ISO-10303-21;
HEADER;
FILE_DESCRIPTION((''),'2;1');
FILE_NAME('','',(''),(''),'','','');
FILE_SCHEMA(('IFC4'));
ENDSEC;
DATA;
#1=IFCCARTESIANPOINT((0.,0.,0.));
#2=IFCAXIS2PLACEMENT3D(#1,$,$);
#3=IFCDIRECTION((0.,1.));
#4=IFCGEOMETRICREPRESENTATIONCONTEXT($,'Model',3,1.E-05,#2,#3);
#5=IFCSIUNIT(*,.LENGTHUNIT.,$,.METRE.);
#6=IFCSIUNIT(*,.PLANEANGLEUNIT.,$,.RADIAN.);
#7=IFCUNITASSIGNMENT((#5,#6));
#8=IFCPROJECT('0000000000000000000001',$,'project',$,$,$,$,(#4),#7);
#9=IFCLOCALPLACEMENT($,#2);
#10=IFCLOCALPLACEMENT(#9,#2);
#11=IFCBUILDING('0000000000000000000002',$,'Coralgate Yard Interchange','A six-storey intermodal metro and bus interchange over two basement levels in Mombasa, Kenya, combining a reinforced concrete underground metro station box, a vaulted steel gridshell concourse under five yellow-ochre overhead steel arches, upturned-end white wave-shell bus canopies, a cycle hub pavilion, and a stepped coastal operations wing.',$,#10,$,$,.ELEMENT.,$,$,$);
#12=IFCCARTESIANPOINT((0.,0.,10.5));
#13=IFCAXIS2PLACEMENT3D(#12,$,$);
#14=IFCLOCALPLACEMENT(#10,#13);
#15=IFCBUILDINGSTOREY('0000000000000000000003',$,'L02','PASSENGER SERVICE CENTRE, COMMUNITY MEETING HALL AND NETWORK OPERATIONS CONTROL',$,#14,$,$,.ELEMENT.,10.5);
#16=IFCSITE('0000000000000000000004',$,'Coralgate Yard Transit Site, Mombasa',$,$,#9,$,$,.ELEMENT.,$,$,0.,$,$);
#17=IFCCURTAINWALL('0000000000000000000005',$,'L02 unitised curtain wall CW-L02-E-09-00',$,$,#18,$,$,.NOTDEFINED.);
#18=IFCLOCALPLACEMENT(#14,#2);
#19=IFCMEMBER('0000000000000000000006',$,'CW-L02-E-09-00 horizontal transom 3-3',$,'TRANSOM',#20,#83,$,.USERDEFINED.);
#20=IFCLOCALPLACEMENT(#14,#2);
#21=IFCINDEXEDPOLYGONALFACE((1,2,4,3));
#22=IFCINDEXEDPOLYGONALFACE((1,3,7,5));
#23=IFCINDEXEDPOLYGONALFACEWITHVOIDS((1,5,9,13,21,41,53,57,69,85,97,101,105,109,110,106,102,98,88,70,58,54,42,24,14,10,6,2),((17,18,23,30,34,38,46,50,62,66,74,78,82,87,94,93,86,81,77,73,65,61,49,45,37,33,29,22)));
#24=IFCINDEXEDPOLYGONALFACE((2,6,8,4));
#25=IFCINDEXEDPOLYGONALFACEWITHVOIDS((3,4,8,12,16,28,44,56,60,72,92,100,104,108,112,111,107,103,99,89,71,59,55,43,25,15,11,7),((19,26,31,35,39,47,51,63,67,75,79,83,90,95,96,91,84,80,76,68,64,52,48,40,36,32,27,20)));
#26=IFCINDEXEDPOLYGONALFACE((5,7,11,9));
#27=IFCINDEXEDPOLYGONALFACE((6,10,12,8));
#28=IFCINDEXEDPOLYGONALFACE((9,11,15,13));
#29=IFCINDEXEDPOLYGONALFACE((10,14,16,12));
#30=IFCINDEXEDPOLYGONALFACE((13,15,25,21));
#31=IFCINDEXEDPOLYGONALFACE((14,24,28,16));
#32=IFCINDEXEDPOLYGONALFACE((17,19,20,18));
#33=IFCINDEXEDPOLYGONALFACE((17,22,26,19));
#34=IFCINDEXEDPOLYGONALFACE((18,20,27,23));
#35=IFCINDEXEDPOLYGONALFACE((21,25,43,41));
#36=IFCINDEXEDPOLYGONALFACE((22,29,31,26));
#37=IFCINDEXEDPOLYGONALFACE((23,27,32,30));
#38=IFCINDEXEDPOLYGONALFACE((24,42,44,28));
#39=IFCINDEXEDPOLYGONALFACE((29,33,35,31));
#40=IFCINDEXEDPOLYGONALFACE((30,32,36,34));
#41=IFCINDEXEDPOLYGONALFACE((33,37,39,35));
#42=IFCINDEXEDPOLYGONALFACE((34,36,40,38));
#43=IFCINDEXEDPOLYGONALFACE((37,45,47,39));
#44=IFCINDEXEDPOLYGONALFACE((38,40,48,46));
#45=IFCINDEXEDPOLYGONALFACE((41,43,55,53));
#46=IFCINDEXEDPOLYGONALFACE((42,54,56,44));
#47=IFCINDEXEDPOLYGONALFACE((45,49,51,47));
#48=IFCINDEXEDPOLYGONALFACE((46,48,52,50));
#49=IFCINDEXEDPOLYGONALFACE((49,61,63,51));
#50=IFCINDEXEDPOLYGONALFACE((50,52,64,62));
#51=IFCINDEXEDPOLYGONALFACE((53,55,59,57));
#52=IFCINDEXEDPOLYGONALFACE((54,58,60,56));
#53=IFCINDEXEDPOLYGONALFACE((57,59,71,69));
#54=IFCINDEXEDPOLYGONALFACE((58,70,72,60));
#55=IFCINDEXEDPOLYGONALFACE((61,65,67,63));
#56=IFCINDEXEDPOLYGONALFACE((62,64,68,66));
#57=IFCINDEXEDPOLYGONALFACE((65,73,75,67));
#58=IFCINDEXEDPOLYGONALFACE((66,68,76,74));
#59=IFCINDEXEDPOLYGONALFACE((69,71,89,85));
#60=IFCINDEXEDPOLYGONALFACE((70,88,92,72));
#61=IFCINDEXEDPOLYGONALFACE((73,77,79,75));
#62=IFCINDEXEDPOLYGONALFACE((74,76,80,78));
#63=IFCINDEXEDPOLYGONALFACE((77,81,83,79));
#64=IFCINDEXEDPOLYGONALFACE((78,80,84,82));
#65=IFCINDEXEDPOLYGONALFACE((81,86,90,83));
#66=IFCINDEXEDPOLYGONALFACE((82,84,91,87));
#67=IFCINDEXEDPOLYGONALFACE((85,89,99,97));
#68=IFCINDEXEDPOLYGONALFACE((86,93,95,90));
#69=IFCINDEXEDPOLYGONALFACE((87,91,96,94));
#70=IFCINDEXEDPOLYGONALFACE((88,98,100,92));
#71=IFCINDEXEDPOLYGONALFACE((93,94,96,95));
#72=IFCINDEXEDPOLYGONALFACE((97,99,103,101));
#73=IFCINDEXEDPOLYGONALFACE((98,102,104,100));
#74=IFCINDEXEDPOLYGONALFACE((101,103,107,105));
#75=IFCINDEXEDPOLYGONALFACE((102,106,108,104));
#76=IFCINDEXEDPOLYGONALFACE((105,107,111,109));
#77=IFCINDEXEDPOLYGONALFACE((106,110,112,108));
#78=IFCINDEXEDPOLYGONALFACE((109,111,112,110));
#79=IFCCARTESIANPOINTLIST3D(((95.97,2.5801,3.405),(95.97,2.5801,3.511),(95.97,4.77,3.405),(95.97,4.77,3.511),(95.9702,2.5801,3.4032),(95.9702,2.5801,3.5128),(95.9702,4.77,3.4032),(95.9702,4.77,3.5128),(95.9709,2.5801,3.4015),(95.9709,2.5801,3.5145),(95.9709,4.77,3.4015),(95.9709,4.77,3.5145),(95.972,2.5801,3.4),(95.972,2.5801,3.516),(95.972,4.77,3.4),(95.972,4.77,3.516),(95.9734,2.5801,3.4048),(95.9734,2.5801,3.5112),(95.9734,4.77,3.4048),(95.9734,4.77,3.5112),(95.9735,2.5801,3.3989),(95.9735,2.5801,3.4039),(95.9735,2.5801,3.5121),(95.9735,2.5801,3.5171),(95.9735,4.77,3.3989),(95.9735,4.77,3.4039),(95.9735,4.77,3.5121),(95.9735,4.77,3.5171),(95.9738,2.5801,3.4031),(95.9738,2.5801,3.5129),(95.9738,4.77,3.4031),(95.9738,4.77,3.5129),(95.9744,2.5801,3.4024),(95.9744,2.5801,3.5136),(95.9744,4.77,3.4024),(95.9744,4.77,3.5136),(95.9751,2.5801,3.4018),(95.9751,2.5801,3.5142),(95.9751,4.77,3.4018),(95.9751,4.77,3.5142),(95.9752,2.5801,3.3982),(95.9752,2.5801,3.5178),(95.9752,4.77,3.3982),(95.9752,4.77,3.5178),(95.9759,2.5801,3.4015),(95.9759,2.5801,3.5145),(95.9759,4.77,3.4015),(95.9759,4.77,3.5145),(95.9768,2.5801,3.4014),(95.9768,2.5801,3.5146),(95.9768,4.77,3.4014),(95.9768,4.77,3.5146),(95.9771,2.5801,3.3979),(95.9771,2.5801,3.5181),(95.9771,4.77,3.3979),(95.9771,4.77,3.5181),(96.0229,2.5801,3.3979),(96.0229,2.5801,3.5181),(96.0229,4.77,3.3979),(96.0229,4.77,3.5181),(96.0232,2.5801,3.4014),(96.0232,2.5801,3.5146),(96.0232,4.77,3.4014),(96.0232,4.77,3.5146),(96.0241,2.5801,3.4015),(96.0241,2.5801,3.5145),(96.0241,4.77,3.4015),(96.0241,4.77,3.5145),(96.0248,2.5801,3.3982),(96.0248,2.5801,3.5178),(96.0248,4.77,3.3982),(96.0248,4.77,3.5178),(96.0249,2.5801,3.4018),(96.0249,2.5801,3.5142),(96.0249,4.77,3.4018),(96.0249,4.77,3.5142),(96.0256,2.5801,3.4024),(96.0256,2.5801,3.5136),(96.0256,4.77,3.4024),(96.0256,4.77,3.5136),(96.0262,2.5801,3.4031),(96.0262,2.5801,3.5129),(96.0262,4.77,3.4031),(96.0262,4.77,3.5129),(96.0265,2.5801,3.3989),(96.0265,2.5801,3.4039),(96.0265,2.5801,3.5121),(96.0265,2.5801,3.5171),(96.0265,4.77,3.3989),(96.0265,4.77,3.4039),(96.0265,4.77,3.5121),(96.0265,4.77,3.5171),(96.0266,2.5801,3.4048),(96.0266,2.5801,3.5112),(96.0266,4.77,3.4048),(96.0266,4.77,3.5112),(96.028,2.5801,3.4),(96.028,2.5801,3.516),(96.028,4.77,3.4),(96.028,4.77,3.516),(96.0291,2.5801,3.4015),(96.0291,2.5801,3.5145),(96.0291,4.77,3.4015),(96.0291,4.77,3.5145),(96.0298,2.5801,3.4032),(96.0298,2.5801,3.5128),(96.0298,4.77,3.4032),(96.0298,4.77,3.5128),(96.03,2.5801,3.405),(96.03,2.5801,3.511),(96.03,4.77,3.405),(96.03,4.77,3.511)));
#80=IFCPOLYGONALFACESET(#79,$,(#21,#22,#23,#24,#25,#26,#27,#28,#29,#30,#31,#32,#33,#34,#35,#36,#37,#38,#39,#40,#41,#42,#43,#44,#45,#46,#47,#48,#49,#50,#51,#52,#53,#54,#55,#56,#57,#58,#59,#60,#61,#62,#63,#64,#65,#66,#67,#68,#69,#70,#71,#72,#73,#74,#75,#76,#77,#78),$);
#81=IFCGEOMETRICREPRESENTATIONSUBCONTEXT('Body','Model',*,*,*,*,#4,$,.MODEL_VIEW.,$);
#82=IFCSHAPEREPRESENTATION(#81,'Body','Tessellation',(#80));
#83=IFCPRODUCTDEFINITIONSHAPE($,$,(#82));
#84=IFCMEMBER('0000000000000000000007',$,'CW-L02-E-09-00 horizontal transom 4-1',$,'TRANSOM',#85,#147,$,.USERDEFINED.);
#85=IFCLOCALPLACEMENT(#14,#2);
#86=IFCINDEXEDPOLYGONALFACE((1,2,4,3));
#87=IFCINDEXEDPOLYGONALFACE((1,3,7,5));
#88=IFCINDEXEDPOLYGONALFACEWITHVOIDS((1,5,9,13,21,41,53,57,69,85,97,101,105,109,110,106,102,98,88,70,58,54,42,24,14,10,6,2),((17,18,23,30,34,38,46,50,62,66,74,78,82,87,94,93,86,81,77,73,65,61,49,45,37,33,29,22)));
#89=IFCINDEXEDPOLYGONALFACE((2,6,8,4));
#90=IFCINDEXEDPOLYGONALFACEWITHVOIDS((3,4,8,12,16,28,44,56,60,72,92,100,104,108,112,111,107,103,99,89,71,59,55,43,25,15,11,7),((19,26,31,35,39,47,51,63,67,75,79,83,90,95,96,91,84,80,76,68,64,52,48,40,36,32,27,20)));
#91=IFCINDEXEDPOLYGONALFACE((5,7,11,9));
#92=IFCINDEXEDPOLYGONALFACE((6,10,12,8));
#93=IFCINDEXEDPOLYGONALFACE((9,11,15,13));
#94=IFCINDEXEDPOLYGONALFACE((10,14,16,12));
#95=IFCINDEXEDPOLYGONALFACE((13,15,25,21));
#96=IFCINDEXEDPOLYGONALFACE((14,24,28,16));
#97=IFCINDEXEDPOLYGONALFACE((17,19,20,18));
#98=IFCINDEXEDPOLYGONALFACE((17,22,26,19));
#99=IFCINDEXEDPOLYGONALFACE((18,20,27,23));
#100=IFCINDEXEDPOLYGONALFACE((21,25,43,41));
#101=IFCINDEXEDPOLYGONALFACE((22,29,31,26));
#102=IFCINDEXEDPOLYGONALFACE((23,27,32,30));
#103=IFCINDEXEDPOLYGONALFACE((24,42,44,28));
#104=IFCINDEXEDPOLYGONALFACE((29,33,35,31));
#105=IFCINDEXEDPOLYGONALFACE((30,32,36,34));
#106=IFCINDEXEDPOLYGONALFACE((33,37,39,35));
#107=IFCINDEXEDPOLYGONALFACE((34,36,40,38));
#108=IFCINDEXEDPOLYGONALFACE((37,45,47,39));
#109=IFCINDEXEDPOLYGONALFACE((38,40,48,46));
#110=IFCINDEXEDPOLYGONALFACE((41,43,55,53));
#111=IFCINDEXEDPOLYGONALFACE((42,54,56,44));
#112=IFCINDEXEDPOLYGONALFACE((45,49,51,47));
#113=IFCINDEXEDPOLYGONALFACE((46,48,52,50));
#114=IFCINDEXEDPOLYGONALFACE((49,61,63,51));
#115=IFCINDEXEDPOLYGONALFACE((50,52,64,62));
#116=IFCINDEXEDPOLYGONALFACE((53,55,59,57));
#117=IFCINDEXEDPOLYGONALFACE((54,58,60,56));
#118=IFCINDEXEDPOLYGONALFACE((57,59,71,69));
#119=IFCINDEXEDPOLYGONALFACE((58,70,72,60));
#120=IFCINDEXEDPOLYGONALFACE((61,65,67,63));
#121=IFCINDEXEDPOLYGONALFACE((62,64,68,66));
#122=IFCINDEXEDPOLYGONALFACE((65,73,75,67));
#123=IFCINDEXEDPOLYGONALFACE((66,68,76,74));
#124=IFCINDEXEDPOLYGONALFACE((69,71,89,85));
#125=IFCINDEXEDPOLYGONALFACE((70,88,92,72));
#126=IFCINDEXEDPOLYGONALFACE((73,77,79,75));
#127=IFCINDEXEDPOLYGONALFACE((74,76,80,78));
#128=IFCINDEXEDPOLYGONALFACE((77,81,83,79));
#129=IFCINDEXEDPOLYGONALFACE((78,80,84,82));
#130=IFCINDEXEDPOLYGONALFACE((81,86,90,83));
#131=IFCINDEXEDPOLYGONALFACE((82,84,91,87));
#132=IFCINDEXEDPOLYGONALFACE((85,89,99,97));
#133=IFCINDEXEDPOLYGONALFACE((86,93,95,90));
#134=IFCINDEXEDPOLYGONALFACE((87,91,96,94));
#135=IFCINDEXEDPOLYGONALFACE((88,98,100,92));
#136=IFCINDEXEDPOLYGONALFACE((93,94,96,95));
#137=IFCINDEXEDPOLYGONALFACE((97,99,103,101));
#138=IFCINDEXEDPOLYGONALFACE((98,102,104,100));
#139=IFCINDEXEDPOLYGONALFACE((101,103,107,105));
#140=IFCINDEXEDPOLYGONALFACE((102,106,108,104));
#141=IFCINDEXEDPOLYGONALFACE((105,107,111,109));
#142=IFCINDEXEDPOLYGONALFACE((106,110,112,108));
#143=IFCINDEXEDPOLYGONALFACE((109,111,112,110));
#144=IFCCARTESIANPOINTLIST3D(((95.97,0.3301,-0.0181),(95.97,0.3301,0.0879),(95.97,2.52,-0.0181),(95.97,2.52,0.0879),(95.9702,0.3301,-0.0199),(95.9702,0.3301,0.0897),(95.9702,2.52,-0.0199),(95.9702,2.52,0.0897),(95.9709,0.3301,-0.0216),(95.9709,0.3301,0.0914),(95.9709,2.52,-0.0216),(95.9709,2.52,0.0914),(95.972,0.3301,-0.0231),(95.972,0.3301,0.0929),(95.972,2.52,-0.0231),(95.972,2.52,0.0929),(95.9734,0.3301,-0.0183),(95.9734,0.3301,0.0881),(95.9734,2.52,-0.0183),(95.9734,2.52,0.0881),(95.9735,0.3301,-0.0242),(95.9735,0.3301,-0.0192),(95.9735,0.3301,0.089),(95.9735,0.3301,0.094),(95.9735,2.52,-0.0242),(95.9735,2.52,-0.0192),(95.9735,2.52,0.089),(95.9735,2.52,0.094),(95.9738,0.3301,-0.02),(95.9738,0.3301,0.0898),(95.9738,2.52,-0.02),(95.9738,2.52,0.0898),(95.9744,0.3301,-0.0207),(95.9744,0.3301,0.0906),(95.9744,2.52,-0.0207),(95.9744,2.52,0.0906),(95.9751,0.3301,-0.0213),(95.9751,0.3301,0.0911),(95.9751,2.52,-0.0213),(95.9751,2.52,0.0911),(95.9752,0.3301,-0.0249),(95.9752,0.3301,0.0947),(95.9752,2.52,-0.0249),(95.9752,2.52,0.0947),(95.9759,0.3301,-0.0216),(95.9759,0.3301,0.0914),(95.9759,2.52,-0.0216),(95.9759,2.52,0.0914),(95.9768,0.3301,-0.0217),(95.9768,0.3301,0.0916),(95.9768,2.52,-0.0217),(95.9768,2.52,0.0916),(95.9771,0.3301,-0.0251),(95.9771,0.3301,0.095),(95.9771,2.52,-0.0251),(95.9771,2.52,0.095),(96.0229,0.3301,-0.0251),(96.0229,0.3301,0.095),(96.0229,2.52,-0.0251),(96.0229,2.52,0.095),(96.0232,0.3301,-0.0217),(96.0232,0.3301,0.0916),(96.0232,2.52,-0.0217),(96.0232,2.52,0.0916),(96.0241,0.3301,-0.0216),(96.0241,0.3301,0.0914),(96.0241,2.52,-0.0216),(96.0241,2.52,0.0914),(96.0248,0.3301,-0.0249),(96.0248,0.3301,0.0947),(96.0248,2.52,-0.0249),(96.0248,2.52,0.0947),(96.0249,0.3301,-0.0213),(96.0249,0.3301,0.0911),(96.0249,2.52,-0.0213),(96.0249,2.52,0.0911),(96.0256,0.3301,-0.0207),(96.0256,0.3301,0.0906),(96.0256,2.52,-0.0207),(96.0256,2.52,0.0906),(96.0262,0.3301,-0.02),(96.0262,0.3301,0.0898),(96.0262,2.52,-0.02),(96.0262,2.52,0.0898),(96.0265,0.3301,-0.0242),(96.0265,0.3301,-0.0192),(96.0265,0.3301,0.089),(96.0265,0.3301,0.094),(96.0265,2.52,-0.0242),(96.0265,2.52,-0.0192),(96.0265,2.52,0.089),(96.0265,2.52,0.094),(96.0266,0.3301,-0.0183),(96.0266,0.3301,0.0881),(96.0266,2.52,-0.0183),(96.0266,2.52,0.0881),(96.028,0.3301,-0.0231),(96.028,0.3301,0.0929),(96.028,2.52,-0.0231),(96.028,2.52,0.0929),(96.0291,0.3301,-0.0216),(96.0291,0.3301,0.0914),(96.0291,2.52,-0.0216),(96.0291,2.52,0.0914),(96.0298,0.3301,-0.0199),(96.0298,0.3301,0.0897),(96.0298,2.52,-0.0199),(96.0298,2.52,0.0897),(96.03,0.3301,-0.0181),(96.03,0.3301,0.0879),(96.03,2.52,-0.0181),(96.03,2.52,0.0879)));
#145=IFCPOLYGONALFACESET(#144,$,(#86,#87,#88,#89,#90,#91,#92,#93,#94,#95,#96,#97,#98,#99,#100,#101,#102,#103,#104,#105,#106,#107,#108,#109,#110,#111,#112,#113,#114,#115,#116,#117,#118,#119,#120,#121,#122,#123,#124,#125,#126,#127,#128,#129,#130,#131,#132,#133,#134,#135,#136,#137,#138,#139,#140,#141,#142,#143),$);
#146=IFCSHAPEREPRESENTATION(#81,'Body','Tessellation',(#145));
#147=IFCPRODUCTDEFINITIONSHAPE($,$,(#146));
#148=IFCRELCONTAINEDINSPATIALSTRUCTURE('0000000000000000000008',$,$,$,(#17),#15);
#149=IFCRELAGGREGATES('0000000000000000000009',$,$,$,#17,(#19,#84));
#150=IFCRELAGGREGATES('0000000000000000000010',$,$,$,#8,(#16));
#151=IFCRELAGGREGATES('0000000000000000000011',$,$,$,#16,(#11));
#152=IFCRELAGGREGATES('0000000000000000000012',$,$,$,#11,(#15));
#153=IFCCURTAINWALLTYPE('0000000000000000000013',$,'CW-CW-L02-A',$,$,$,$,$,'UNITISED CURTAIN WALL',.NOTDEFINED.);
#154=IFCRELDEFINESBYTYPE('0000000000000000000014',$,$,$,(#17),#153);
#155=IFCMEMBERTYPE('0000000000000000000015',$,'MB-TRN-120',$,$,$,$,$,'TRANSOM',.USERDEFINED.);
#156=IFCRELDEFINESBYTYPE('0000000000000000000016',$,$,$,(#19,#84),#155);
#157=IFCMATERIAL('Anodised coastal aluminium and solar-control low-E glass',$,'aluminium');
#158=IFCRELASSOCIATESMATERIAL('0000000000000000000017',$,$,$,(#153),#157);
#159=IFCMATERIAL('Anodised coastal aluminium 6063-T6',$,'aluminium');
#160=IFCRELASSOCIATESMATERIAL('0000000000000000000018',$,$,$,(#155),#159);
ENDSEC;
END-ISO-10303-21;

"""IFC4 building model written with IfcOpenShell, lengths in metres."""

from ifc_helpers import new_model, si_unit, direction, frame, origin, origin_2d, place, context, subcontext, project, spatial, hollow_rectangle, extrude, material, material_profile, profile_set, type_object, element, aggregate, save


model = new_model("IFC4")

# Units and contexts
model_context = context("Model", 3, precision=1e-05, world=origin(), true_north=direction((0.0, 1.0)))
body_context = subcontext(model_context, "Body", "Model", "MODEL_VIEW")
ifc_project = project(units=[si_unit("LENGTHUNIT", "METRE"), si_unit("PLANEANGLEUNIT", "RADIAN")], contexts=[model_context])

# Site, building, storey
site_placement = place(None, origin())
site = spatial("IfcSite", under=ifc_project, at=site_placement, Name="Coralgate Yard Transit Site, Mombasa", CompositionType="ELEMENT", RefElevation=0.0)
building_placement = place(site_placement, origin())
building = spatial("IfcBuilding", under=site, at=building_placement, Name="Coralgate Yard Interchange", Description="A six-storey intermodal metro and bus interchange over two basement levels in Mombasa, Kenya, combining a reinforced concrete underground metro station box, a vaulted steel gridshell concourse under five yellow-ochre overhead steel arches, upturned-end white wave-shell bus canopies, a cycle hub pavilion, and a stepped coastal operations wing.", CompositionType="ELEMENT")
storey_placement = place(building_placement, frame((0.0, 0.0, 10.5)))
storey = spatial("IfcBuildingStorey", under=building, at=storey_placement, Name="L02", Description="PASSENGER SERVICE CENTRE, COMMUNITY MEETING HALL AND NETWORK OPERATIONS CONTROL", CompositionType="ELEMENT", Elevation=10.5)

# Shared definitions
ifc_material_1 = material(Name="Anodised coastal aluminium and solar-control low-E glass", Category="aluminium")
curtain_wall_type = type_object("IfcCurtainWallType", Name="CW-CW-L02-A", ElementType="UNITISED CURTAIN WALL", PredefinedType="NOTDEFINED", material=ifc_material_1)
ifc_material_2 = material(Name="Anodised coastal aluminium 6063-T6", Category="aluminium")

# Curtain wall
curtain_wall_1_placement = place(storey_placement, origin())
curtain_wall_1 = element("IfcCurtainWall", 1, at=curtain_wall_1_placement, inside=storey, type_object=curtain_wall_type, Name="L02 unitised curtain wall CW-L02-E-09-00", PredefinedType="NOTDEFINED")

# Members
ifc_material_profile_1 = material_profile(ifc_material_2, hollow_rectangle(XDim=0.0601, YDim=0.1201, WallThickness=0.0034, InnerFilletRadius=0.0034, OuterFilletRadius=0.0071, at=origin_2d()), Name="ALU 60x120x3.5")
ifc_profile_set_1 = profile_set([ifc_material_profile_1], Name="Anodised coastal aluminium 6063-T6")
member_type_1 = type_object("IfcMemberType", Name="MB-TRN-120", ElementType="TRANSOM", PredefinedType="USERDEFINED", material=ifc_profile_set_1)
member_1_placement = place(storey_placement, frame((96.0, 4.77, 3.458), z_axis=(0.0, -1.0, 0.0), x_axis=(1.0, 0.0, 0.0)))
member_1 = element("IfcMember", 2, at=member_1_placement, type_object=member_type_1, Name="CW-L02-E-09-00 horizontal transom 3-3", ObjectType="TRANSOM", PredefinedType="USERDEFINED", context=body_context, shape_type="SweptSolid", body=[
    extrude(hollow_rectangle(XDim=0.0601, YDim=0.1201, WallThickness=0.0034, InnerFilletRadius=0.0034, OuterFilletRadius=0.0071, at=origin_2d()), origin(), (0.0, 0.0, 1.0), 2.1899),
])
member_2_placement = place(storey_placement, frame((96.0, 2.52, 0.0349), z_axis=(0.0, -1.0, 0.0), x_axis=(1.0, 0.0, 0.0)))
member_2 = element("IfcMember", 3, at=member_2_placement, type_object=member_type_1, Name="CW-L02-E-09-00 horizontal transom 4-1", ObjectType="TRANSOM", PredefinedType="USERDEFINED", context=body_context, shape_type="SweptSolid", body=[
    extrude(hollow_rectangle(XDim=0.0601, YDim=0.1201, WallThickness=0.0034, InnerFilletRadius=0.0034, OuterFilletRadius=0.0071, at=origin_2d()), origin(), (0.0, 0.0, 1.0), 2.1899),
])

aggregate(curtain_wall_1, [member_1, member_2])

save(model, "model.ifc")
